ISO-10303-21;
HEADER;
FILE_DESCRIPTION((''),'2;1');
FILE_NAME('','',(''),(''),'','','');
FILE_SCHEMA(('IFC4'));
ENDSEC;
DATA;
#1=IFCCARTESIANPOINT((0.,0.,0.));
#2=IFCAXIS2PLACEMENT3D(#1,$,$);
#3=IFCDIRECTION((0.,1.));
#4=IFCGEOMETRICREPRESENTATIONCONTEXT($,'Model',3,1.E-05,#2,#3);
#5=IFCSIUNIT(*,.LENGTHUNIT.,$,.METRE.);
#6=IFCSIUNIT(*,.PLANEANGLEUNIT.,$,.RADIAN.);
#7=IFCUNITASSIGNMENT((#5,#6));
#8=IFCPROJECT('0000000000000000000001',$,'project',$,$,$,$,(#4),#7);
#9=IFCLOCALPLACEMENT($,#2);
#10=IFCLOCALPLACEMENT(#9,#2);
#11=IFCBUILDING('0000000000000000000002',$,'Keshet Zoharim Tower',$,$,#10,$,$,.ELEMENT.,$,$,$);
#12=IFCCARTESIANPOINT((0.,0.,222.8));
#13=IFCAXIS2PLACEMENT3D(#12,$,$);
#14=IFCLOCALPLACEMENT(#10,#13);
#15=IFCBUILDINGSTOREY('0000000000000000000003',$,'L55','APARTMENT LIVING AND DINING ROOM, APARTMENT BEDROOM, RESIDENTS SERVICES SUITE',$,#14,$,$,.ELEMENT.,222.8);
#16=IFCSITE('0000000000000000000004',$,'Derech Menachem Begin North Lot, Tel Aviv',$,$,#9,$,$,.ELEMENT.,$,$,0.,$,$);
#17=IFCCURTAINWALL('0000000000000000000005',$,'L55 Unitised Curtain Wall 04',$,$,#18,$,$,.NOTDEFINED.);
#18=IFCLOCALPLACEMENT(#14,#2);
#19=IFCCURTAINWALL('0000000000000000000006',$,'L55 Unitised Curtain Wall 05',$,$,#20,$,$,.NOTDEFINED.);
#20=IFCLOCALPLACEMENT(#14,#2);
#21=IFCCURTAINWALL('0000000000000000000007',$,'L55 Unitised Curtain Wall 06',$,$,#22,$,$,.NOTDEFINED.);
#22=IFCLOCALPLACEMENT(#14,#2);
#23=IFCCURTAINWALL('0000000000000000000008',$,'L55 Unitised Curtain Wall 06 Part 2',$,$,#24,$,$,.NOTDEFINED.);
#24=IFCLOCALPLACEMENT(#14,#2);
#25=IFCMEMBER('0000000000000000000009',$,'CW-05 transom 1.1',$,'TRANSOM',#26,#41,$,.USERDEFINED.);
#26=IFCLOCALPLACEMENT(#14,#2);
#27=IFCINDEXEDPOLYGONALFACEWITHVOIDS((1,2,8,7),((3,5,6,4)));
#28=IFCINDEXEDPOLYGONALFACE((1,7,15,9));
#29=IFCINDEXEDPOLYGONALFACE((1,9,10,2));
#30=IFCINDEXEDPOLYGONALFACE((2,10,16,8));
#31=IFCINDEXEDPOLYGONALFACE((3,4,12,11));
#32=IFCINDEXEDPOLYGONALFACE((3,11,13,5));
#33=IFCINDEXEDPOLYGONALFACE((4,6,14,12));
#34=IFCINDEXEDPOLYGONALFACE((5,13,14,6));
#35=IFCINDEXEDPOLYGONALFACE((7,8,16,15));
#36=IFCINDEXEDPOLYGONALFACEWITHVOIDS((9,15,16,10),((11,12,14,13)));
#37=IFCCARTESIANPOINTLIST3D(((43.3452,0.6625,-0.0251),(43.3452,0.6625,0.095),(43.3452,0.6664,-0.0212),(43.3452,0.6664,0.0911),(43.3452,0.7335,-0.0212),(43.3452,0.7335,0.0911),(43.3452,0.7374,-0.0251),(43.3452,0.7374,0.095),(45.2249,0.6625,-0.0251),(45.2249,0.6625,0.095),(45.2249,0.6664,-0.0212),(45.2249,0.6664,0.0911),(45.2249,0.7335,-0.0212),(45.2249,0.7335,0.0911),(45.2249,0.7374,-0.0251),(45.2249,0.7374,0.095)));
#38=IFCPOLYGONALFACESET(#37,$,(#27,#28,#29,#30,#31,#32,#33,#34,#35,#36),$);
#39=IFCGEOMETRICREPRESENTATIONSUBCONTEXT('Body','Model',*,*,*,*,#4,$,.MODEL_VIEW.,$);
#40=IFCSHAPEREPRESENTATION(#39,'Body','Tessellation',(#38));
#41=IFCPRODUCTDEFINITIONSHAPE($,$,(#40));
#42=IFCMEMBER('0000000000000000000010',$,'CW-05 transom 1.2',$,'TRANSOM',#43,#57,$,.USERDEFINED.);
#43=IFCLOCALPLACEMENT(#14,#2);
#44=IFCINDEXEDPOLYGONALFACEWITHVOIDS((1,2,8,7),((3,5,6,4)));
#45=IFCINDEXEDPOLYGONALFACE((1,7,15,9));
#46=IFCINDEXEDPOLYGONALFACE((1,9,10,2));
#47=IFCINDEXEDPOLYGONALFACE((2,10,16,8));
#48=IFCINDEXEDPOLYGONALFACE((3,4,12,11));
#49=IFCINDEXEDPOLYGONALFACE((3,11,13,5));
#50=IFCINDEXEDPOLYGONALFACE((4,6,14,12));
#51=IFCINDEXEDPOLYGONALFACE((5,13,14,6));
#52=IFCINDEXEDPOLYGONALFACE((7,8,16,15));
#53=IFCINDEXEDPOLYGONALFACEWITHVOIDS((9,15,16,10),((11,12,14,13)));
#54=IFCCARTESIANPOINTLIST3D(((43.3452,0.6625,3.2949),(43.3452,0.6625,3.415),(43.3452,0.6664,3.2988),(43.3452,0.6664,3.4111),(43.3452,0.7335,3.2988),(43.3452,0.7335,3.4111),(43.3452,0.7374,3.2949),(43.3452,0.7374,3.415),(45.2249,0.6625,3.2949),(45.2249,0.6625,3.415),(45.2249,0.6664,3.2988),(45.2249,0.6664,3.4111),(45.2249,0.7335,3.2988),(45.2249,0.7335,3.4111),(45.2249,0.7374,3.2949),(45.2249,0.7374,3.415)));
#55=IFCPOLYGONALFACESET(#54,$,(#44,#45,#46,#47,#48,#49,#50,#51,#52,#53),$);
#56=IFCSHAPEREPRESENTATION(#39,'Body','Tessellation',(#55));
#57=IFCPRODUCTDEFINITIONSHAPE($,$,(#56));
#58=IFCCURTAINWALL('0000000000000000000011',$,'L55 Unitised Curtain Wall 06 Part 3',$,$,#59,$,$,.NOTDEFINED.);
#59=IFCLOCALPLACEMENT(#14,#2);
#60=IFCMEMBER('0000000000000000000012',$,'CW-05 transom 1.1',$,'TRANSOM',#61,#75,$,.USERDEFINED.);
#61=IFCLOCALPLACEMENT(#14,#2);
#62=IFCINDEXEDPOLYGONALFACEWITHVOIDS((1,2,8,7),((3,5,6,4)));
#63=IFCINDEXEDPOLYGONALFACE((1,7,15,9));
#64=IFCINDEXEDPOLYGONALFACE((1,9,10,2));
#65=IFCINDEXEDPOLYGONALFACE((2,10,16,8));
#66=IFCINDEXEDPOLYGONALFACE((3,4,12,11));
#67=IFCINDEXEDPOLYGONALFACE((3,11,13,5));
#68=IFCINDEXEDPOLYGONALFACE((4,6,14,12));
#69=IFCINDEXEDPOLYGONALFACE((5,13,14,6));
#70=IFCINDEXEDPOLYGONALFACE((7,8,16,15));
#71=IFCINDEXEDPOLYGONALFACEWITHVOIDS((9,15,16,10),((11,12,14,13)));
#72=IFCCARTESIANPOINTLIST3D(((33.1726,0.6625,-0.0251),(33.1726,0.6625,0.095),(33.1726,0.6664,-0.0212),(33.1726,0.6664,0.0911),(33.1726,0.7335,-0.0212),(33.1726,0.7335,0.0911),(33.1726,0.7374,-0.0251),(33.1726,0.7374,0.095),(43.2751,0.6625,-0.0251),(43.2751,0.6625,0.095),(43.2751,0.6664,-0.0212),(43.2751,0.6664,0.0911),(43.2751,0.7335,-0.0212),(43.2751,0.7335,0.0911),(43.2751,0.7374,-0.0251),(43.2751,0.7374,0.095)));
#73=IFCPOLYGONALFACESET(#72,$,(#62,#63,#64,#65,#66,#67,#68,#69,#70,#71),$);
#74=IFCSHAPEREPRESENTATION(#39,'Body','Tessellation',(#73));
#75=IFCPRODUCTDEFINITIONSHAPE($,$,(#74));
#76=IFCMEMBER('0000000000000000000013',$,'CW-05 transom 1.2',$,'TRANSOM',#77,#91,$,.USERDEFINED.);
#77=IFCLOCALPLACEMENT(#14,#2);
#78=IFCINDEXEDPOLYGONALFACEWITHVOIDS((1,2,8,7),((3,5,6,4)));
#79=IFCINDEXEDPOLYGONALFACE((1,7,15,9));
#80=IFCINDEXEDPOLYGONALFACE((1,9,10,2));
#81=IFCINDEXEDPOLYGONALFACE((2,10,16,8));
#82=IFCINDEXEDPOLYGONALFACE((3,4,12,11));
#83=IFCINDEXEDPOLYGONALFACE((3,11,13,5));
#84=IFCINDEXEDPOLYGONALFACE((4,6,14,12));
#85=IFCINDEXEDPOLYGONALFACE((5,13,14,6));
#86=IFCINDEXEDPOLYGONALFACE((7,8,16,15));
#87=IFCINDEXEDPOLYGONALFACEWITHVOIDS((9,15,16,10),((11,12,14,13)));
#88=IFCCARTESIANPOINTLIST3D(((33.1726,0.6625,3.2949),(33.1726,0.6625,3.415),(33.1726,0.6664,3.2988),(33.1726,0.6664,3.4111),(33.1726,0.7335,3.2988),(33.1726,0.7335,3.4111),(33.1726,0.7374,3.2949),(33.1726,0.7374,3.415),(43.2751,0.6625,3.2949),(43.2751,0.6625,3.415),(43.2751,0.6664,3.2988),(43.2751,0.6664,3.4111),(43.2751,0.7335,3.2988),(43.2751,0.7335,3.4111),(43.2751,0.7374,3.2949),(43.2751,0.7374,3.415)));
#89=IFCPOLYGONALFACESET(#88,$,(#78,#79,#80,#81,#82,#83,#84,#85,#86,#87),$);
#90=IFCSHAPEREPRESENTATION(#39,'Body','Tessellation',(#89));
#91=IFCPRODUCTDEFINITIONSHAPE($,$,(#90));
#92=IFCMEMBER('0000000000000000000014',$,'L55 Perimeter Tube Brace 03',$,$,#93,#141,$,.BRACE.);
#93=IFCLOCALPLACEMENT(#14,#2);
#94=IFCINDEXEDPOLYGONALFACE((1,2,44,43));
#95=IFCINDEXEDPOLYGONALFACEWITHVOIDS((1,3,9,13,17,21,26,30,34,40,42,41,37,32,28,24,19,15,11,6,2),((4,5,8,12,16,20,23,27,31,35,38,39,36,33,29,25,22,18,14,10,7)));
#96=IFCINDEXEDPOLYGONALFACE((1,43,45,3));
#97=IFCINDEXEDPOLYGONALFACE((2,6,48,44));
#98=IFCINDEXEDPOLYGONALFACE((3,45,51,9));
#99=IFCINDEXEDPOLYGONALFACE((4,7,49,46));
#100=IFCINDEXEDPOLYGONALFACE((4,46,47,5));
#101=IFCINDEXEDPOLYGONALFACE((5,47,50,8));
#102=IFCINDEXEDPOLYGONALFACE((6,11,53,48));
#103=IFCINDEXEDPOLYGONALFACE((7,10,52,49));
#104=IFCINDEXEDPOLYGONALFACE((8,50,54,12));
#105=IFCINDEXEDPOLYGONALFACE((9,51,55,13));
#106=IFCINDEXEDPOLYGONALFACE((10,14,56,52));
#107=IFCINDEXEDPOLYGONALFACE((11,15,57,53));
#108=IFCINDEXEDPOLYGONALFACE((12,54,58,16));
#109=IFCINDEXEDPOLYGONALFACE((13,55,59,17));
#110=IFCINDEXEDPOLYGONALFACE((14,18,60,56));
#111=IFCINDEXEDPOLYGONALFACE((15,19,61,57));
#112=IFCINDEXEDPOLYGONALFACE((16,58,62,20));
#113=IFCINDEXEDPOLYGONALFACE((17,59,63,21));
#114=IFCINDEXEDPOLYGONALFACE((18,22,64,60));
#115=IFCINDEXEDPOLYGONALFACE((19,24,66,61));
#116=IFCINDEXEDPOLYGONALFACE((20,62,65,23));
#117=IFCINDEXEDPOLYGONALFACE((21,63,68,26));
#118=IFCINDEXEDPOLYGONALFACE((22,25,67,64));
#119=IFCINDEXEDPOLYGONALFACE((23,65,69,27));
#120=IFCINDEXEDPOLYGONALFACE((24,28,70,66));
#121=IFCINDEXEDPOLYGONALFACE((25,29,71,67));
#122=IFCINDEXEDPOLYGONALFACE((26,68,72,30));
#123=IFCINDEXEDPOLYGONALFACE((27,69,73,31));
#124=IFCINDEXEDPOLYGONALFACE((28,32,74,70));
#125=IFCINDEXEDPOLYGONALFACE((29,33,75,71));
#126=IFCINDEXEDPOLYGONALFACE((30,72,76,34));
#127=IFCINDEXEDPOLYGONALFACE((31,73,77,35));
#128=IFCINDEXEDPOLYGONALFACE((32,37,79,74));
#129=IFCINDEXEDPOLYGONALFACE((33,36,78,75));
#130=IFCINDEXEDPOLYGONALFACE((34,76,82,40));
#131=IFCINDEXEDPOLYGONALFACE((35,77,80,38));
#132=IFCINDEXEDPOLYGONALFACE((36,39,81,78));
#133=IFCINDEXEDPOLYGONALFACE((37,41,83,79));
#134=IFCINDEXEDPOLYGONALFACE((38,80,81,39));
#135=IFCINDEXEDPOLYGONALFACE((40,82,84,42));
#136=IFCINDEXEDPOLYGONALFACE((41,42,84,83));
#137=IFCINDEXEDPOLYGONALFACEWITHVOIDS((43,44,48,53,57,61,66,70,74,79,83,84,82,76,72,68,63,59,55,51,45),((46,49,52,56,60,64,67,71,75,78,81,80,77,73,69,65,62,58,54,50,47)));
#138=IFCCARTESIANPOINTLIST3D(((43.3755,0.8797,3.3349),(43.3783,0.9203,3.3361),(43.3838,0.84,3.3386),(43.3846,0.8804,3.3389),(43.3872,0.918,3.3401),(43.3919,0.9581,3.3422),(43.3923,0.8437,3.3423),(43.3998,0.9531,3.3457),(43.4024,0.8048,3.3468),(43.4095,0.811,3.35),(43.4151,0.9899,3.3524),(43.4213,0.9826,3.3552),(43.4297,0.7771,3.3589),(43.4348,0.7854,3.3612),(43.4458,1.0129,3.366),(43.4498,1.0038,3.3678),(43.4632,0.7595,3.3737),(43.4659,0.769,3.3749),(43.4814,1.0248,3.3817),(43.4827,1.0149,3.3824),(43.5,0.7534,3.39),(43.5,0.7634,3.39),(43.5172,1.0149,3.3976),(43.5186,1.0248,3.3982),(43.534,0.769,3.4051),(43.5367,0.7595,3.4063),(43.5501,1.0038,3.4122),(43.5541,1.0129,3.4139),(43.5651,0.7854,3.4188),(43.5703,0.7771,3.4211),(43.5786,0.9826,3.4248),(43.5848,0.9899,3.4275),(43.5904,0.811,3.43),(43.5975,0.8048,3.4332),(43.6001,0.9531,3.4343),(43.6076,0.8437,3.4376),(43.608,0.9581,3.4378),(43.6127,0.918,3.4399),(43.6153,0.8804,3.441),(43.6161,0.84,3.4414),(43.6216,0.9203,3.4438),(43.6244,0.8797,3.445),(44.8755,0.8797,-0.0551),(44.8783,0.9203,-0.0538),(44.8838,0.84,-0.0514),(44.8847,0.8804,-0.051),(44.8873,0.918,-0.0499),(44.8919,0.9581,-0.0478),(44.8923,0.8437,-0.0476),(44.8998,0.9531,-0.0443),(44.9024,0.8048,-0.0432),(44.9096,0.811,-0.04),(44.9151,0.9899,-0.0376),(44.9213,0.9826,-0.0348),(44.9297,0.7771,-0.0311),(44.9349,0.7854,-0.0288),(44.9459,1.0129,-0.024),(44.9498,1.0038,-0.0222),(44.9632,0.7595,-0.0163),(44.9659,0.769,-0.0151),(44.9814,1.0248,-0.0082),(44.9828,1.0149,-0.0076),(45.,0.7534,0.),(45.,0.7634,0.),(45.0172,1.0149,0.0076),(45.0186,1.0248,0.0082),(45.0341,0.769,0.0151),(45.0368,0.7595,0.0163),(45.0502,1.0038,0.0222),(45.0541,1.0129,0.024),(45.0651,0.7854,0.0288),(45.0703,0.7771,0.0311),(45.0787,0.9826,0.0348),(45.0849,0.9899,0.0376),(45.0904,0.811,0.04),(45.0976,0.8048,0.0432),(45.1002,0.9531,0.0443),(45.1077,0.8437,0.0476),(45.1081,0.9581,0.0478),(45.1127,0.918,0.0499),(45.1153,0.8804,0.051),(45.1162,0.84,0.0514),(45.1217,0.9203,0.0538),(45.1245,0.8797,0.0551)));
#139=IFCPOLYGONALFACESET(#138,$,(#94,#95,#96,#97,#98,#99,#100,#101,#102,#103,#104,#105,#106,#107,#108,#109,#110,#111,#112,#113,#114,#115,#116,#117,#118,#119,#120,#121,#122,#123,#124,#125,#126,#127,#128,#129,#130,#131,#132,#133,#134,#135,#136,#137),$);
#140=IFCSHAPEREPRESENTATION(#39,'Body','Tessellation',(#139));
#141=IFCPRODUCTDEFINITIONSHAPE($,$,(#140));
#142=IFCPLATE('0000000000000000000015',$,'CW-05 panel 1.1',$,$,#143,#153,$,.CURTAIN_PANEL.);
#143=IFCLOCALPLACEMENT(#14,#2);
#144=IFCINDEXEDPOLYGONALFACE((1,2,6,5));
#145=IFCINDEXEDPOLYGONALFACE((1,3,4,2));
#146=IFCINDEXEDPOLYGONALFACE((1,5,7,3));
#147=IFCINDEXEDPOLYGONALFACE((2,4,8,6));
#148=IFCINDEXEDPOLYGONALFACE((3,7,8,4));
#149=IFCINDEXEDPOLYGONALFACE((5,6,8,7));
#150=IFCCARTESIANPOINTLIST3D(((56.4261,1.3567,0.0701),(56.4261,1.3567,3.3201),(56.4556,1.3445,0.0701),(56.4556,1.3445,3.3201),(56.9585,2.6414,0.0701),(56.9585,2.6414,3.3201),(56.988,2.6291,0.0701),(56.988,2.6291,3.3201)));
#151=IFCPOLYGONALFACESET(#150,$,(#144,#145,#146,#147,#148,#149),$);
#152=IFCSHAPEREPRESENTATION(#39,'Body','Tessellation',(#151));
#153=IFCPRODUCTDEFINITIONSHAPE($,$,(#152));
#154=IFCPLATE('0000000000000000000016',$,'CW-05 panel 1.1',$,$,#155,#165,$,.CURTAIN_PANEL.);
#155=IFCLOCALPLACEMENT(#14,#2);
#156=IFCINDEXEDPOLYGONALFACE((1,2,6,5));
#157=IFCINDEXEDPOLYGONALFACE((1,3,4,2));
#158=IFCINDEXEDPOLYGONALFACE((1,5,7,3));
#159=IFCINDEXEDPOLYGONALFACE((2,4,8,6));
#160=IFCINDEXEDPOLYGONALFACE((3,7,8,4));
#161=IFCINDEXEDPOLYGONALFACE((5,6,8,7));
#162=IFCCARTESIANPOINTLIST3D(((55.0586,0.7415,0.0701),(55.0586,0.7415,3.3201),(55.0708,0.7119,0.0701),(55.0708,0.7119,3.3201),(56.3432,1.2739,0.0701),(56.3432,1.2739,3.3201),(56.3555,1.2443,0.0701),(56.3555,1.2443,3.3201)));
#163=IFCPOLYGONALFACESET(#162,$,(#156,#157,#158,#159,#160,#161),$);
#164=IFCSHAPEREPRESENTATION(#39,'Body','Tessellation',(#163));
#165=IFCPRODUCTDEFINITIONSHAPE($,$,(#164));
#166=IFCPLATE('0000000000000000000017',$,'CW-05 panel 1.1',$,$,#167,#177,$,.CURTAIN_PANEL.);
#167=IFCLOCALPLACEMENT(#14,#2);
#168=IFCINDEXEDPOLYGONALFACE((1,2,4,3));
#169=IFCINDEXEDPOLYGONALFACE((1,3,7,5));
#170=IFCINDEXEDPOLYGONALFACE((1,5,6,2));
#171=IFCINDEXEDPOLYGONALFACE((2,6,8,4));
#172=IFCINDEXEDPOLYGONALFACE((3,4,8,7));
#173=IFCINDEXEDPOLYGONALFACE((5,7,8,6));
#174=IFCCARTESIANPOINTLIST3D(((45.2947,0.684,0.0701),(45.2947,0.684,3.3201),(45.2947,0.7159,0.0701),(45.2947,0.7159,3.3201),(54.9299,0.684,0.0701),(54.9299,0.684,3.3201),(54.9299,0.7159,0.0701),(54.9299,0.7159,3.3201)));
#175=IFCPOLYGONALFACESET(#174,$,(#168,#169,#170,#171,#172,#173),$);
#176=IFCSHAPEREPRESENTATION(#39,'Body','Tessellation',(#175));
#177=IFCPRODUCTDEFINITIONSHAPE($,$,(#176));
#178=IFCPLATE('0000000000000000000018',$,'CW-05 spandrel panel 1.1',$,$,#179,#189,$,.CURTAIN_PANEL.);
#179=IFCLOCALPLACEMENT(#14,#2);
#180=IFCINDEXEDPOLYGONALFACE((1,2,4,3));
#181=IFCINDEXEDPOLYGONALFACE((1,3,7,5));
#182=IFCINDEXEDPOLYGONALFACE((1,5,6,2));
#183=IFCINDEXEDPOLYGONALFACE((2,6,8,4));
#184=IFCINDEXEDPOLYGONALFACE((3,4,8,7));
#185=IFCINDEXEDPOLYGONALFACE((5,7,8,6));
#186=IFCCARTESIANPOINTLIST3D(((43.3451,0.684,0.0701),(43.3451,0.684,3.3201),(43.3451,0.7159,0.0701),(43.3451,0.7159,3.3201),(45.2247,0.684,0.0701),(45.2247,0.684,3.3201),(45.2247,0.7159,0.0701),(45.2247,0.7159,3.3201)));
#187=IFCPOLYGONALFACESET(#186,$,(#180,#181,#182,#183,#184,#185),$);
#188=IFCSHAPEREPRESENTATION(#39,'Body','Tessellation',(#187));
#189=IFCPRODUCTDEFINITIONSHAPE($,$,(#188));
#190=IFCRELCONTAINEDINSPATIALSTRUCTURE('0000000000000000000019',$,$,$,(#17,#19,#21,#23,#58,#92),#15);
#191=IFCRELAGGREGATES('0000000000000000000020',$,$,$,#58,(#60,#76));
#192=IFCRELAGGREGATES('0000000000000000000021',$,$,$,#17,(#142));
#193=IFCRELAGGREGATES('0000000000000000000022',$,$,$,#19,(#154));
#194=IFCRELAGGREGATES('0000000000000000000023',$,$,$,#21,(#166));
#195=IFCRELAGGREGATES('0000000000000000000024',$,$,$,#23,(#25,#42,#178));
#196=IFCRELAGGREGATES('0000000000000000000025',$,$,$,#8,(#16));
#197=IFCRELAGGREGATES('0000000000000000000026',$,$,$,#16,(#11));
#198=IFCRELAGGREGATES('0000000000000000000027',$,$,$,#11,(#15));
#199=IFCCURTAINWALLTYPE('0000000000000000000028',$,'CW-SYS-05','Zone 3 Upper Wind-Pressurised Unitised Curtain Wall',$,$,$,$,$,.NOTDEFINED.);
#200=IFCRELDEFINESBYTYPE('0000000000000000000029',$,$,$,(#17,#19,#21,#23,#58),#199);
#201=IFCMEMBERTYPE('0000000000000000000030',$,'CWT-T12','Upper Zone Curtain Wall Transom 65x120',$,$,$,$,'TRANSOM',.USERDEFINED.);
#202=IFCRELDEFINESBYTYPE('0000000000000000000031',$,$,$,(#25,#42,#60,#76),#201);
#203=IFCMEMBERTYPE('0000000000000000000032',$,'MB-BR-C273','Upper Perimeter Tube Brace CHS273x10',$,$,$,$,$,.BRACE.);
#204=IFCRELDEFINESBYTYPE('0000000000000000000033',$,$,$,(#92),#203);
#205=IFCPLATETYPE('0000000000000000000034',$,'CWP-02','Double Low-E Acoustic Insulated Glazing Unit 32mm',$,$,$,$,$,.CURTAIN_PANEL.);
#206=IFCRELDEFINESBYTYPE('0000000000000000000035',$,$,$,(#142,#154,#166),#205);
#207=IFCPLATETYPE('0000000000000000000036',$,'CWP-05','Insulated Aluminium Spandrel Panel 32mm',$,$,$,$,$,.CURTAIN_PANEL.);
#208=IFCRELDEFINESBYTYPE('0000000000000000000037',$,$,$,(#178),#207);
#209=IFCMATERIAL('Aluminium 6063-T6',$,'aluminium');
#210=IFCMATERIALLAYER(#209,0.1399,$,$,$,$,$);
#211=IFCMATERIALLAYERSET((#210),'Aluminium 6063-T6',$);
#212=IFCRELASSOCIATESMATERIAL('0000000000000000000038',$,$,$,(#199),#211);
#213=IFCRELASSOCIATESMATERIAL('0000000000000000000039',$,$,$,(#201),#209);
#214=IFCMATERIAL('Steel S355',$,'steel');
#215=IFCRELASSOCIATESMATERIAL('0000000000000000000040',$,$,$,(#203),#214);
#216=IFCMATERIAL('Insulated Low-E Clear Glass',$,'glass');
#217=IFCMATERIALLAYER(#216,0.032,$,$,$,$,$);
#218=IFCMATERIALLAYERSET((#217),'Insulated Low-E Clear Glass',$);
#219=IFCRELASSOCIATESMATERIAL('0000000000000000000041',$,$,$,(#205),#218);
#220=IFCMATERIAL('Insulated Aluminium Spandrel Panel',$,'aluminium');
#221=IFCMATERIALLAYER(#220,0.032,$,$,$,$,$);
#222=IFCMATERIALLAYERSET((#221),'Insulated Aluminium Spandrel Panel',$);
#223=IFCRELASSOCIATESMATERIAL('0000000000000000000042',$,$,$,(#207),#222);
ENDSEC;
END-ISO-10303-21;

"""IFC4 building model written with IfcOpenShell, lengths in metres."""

from ifc_helpers import new_model, si_unit, direction, frame, origin, origin_2d, place, context, subcontext, project, spatial, rectangle, hollow_rectangle, hollow_circle, extrude, material, layer, layer_set, material_profile, profile_set, type_object, element, aggregate, save


model = new_model("IFC4")

# Units and contexts
model_context = context("Model", 3, precision=1e-05, world=origin(), true_north=direction((0.0, 1.0)))
body_context = subcontext(model_context, "Body", "Model", "MODEL_VIEW")
ifc_project = project(units=[si_unit("LENGTHUNIT", "METRE"), si_unit("PLANEANGLEUNIT", "RADIAN")], contexts=[model_context])

# Site, building, storey
site_placement = place(None, origin())
site = spatial("IfcSite", under=ifc_project, at=site_placement, Name="Derech Menachem Begin North Lot, Tel Aviv", CompositionType="ELEMENT", RefElevation=0.0)
building_placement = place(site_placement, origin())
building = spatial("IfcBuilding", under=site, at=building_placement, Name="Keshet Zoharim Tower", CompositionType="ELEMENT")
storey_placement = place(building_placement, frame((0.0, 0.0, 222.8)))
storey = spatial("IfcBuildingStorey", under=building, at=storey_placement, Name="L55", Description="APARTMENT LIVING AND DINING ROOM, APARTMENT BEDROOM, RESIDENTS SERVICES SUITE", CompositionType="ELEMENT", Elevation=222.8)

# Shared definitions
ifc_material_1 = material(Name="Steel S355", Category="steel")

# Shared definitions
ifc_material_2 = material(Name="Aluminium 6063-T6", Category="aluminium")
ifc_layer_1 = layer(ifc_material_2, 0.1399)
ifc_layer_set_1 = layer_set([ifc_layer_1], Name="Aluminium 6063-T6")
curtain_wall_type = type_object("IfcCurtainWallType", Name="CW-SYS-05", Description="Zone 3 Upper Wind-Pressurised Unitised Curtain Wall", PredefinedType="NOTDEFINED", material=ifc_layer_set_1)

# Curtain walls
curtain_wall_1_placement = place(storey_placement, origin())
curtain_wall_1 = element("IfcCurtainWall", 1, at=curtain_wall_1_placement, inside=storey, type_object=curtain_wall_type, Name="L55 Unitised Curtain Wall 04", PredefinedType="NOTDEFINED")
curtain_wall_2_placement = place(storey_placement, origin())
curtain_wall_2 = element("IfcCurtainWall", 2, at=curtain_wall_2_placement, inside=storey, type_object=curtain_wall_type, Name="L55 Unitised Curtain Wall 05", PredefinedType="NOTDEFINED")
curtain_wall_3_placement = place(storey_placement, origin())
curtain_wall_3 = element("IfcCurtainWall", 3, at=curtain_wall_3_placement, inside=storey, type_object=curtain_wall_type, Name="L55 Unitised Curtain Wall 06", PredefinedType="NOTDEFINED")

# Curtain wall
curtain_wall_4_placement = place(storey_placement, origin())
curtain_wall_4 = element("IfcCurtainWall", 4, at=curtain_wall_4_placement, inside=storey, type_object=curtain_wall_type, Name="L55 Unitised Curtain Wall 06 Part 2", PredefinedType="NOTDEFINED")

# Members
ifc_material_profile_1 = material_profile(ifc_material_2, hollow_rectangle(XDim=0.075, YDim=0.1201, WallThickness=0.0039, at=origin_2d()), Name="TRN-75x120")
ifc_profile_set_1 = profile_set([ifc_material_profile_1], Name="Aluminium 6063-T6")
member_type_1 = type_object("IfcMemberType", Name="CWT-T12", Description="Upper Zone Curtain Wall Transom 65x120", ElementType="TRANSOM", PredefinedType="USERDEFINED", material=ifc_profile_set_1)
member_1_placement = place(storey_placement, frame((45.2249, 0.7, 0.0349), z_axis=(-1.0, 0.0, 0.0), x_axis=(0.0, -1.0, 0.0)))
member_1 = element("IfcMember", 5, at=member_1_placement, type_object=member_type_1, Name="CW-05 transom 1.1", ObjectType="TRANSOM", PredefinedType="USERDEFINED", context=body_context, shape_type="SweptSolid", body=[
    extrude(hollow_rectangle(XDim=0.075, YDim=0.1201, WallThickness=0.0039, at=origin_2d()), origin(), (0.0, 0.0, 1.0), 1.8796),
])
member_2_placement = place(storey_placement, frame((45.2249, 0.7, 3.355), z_axis=(-1.0, 0.0, 0.0), x_axis=(0.0, -1.0, 0.0)))
member_2 = element("IfcMember", 6, at=member_2_placement, type_object=member_type_1, Name="CW-05 transom 1.2", ObjectType="TRANSOM", PredefinedType="USERDEFINED", context=body_context, shape_type="SweptSolid", body=[
    extrude(hollow_rectangle(XDim=0.075, YDim=0.1201, WallThickness=0.0039, at=origin_2d()), origin(), (0.0, 0.0, 1.0), 1.8796),
])

# Curtain wall, members
curtain_wall_5_placement = place(storey_placement, origin())
curtain_wall_5 = element("IfcCurtainWall", 7, at=curtain_wall_5_placement, inside=storey, type_object=curtain_wall_type, Name="L55 Unitised Curtain Wall 06 Part 3", PredefinedType="NOTDEFINED")
member_3_placement = place(storey_placement, frame((43.2751, 0.7, 0.0349), z_axis=(-1.0, 0.0, 0.0), x_axis=(0.0, -1.0, 0.0)))
member_3 = element("IfcMember", 8, at=member_3_placement, type_object=member_type_1, Name="CW-05 transom 1.1", ObjectType="TRANSOM", PredefinedType="USERDEFINED", context=body_context, shape_type="SweptSolid", body=[
    extrude(hollow_rectangle(XDim=0.075, YDim=0.1201, WallThickness=0.0039, at=origin_2d()), origin(), (0.0, 0.0, 1.0), 10.1025),
])
member_4_placement = place(storey_placement, frame((43.2751, 0.7, 3.355), z_axis=(-1.0, 0.0, 0.0), x_axis=(0.0, -1.0, 0.0)))
member_4 = element("IfcMember", 9, at=member_4_placement, type_object=member_type_1, Name="CW-05 transom 1.2", ObjectType="TRANSOM", PredefinedType="USERDEFINED", context=body_context, shape_type="SweptSolid", body=[
    extrude(hollow_rectangle(XDim=0.075, YDim=0.1201, WallThickness=0.0039, at=origin_2d()), origin(), (0.0, 0.0, 1.0), 10.1025),
])
aggregate(curtain_wall_5, [member_3, member_4])

# Member
ifc_material_profile_2 = material_profile(ifc_material_1, hollow_circle(Radius=0.1365, WallThickness=0.01, at=origin_2d()), Name="CHS273x10")
ifc_profile_set_2 = profile_set([ifc_material_profile_2], Name="Steel S355")
member_type_2 = type_object("IfcMemberType", Name="MB-BR-C273", Description="Upper Perimeter Tube Brace CHS273x10", PredefinedType="BRACE", material=ifc_profile_set_2)
member_5_placement = place(storey_placement, frame((45.0, 0.8899, 0.0), z_axis=(-0.404647, 0.0, 0.914473), x_axis=(0.0, -1.0, 0.0)))
element("IfcMember", 10, at=member_5_placement, inside=storey, type_object=member_type_2, Name="L55 Perimeter Tube Brace 03", PredefinedType="BRACE", context=body_context, shape_type="SweptSolid", body=[
    extrude(hollow_circle(Radius=0.1365, WallThickness=0.01, at=origin_2d()), origin(), (0.0, 0.0, 1.0), 3.707),
])

# Plates
ifc_material_3 = material(Name="Insulated Low-E Clear Glass", Category="glass")
ifc_layer_2 = layer(ifc_material_3, 0.032)
ifc_layer_set_2 = layer_set([ifc_layer_2], Name="Insulated Low-E Clear Glass")
plate_type_1 = type_object("IfcPlateType", Name="CWP-02", Description="Double Low-E Acoustic Insulated Glazing Unit 32mm", PredefinedType="CURTAIN_PANEL", material=ifc_layer_set_2)
plate_1_placement = place(storey_placement, frame((56.707, 1.9929, 0.0701), z_axis=(0.0, 0.0, 1.0), x_axis=(-0.382852, -0.92381, 0.0)))
plate_1 = element("IfcPlate", 11, at=plate_1_placement, type_object=plate_type_1, Name="CW-05 panel 1.1", PredefinedType="CURTAIN_PANEL", context=body_context, shape_type="SweptSolid", body=[
    extrude(rectangle(XDim=1.3906, YDim=0.032, at=origin_2d()), origin(), (0.0, 0.0, 1.0), 3.25),
])
aggregate(curtain_wall_1, [plate_1])
plate_2_placement = place(storey_placement, frame((55.707, 0.9929, 0.0701), z_axis=(0.0, 0.0, 1.0), x_axis=(-0.92381, -0.382852, 0.0)))
plate_2 = element("IfcPlate", 12, at=plate_2_placement, type_object=plate_type_1, Name="CW-05 panel 1.1", PredefinedType="CURTAIN_PANEL", context=body_context, shape_type="SweptSolid", body=[
    extrude(rectangle(XDim=1.3906, YDim=0.032, at=origin_2d()), origin(), (0.0, 0.0, 1.0), 3.25),
])
aggregate(curtain_wall_2, [plate_2])
plate_3_placement = place(storey_placement, frame((50.1123, 0.7, 0.0701), z_axis=(0.0, 0.0, 1.0), x_axis=(-1.0, 0.0, 0.0)))
plate_3 = element("IfcPlate", 13, at=plate_3_placement, type_object=plate_type_1, Name="CW-05 panel 1.1", PredefinedType="CURTAIN_PANEL", context=body_context, shape_type="SweptSolid", body=[
    extrude(rectangle(XDim=9.6353, YDim=0.032, at=origin_2d()), origin(), (0.0, 0.0, 1.0), 3.25),
])
aggregate(curtain_wall_3, [plate_3])
ifc_material_4 = material(Name="Insulated Aluminium Spandrel Panel", Category="aluminium")
ifc_layer_3 = layer(ifc_material_4, 0.032)
ifc_layer_set_3 = layer_set([ifc_layer_3], Name="Insulated Aluminium Spandrel Panel")
plate_type_2 = type_object("IfcPlateType", Name="CWP-05", Description="Insulated Aluminium Spandrel Panel 32mm", PredefinedType="CURTAIN_PANEL", material=ifc_layer_set_3)
plate_4_placement = place(storey_placement, frame((44.2849, 0.7, 0.0701), z_axis=(0.0, 0.0, 1.0), x_axis=(-1.0, 0.0, 0.0)))
plate_4 = element("IfcPlate", 14, at=plate_4_placement, type_object=plate_type_2, Name="CW-05 spandrel panel 1.1", PredefinedType="CURTAIN_PANEL", context=body_context, shape_type="SweptSolid", body=[
    extrude(rectangle(XDim=1.8796, YDim=0.032, at=origin_2d()), origin(), (0.0, 0.0, 1.0), 3.25),
])
aggregate(curtain_wall_4, [member_1, member_2, plate_4])

save(model, "model.ifc")
